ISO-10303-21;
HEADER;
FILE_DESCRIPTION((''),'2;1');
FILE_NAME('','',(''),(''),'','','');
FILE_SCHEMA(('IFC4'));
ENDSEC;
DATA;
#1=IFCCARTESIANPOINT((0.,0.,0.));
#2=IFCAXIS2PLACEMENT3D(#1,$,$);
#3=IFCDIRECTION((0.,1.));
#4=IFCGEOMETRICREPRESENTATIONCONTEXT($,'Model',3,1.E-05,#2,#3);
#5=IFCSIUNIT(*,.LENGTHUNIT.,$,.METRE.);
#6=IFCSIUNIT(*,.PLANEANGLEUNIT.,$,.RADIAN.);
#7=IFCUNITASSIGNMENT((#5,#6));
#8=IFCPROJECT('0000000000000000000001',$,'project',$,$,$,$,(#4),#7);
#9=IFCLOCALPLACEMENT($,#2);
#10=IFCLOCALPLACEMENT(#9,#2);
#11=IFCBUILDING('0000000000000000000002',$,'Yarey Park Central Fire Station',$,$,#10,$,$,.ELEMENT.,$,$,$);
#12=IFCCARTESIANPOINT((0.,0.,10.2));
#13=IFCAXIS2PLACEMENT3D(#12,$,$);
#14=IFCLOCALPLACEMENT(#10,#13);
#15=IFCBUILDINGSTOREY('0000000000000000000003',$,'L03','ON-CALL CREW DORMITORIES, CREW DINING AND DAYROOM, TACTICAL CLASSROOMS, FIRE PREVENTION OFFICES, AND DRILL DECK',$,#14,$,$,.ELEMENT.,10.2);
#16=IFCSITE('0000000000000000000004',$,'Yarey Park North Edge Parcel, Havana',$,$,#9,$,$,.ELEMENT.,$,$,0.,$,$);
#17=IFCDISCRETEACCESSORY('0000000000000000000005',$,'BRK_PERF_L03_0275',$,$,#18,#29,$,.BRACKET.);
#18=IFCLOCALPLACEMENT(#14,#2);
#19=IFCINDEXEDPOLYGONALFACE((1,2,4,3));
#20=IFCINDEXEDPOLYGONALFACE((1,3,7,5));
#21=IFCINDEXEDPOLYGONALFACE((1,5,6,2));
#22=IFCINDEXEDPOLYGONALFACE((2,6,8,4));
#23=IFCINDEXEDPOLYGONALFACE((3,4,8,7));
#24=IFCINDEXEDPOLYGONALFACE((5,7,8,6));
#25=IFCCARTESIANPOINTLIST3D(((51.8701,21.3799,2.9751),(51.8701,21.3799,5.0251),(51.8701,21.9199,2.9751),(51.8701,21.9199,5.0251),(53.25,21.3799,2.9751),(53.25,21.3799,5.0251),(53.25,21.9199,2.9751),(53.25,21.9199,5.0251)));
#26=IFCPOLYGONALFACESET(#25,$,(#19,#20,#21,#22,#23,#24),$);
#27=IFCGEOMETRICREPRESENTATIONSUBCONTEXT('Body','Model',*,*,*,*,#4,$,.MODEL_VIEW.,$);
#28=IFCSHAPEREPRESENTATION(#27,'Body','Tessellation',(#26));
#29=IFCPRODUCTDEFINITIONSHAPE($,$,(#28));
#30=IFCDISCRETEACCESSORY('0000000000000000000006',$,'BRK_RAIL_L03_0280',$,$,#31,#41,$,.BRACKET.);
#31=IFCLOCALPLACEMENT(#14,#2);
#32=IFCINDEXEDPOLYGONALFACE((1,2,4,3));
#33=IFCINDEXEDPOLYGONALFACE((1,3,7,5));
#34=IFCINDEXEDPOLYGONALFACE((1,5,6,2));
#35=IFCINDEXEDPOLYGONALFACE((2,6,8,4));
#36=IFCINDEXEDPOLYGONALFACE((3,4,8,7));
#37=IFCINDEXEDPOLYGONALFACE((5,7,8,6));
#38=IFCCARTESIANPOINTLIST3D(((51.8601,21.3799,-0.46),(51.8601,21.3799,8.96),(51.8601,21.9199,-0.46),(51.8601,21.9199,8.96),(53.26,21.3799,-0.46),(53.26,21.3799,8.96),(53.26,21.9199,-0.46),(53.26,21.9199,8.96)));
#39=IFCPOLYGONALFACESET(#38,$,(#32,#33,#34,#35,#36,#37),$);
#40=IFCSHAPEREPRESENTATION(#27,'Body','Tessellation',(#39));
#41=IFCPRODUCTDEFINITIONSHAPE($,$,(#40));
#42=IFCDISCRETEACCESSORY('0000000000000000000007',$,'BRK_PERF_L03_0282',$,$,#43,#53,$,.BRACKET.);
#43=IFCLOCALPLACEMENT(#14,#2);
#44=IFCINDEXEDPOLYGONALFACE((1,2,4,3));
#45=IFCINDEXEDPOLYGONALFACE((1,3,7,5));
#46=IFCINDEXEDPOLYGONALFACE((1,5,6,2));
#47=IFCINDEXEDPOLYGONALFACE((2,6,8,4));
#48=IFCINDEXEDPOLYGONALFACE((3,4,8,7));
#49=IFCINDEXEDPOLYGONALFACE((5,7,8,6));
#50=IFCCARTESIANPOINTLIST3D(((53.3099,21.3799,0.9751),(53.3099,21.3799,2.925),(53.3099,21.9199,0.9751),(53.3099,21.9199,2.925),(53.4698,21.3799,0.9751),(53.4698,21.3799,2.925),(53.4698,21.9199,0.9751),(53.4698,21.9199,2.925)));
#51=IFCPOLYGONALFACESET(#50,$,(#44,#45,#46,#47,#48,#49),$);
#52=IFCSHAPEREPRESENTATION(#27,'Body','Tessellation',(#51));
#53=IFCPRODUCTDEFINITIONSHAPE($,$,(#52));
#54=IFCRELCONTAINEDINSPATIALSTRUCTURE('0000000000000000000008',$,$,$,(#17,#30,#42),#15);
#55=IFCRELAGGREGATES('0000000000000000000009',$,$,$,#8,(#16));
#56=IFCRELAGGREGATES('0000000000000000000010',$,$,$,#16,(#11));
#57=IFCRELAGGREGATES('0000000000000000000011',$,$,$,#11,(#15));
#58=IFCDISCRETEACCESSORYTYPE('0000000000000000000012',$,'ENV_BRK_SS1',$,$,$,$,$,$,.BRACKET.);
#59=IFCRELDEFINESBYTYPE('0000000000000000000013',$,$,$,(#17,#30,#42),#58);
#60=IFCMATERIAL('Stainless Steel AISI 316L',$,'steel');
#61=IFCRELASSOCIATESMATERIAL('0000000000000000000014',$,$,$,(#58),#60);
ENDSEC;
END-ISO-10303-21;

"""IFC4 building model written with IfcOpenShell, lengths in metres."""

from ifc_helpers import new_model, si_unit, direction, frame, origin, origin_2d, place, context, subcontext, project, spatial, rectangle, extrude, material, type_object, element, save


model = new_model("IFC4")

# Units and contexts
model_context = context("Model", 3, precision=1e-05, world=origin(), true_north=direction((0.0, 1.0)))
body_context = subcontext(model_context, "Body", "Model", "MODEL_VIEW")
ifc_project = project(units=[si_unit("LENGTHUNIT", "METRE"), si_unit("PLANEANGLEUNIT", "RADIAN")], contexts=[model_context])

# Site, building, storey
site_placement = place(None, origin())
site = spatial("IfcSite", under=ifc_project, at=site_placement, Name="Yarey Park North Edge Parcel, Havana", CompositionType="ELEMENT", RefElevation=0.0)
building_placement = place(site_placement, origin())
building = spatial("IfcBuilding", under=site, at=building_placement, Name="Yarey Park Central Fire Station", CompositionType="ELEMENT")
storey_placement = place(building_placement, frame((0.0, 0.0, 10.2)))
storey = spatial("IfcBuildingStorey", under=building, at=storey_placement, Name="L03", Description="ON-CALL CREW DORMITORIES, CREW DINING AND DAYROOM, TACTICAL CLASSROOMS, FIRE PREVENTION OFFICES, AND DRILL DECK", CompositionType="ELEMENT", Elevation=10.2)

# Discrete accessories
ifc_material_1 = material(Name="Stainless Steel AISI 316L", Category="steel")
discrete_accessory_type = type_object("IfcDiscreteAccessoryType", Name="ENV_BRK_SS1", PredefinedType="BRACKET", material=ifc_material_1)
discrete_accessory_1_placement = place(storey_placement, frame((52.5601, 21.6499, 2.9751), z_axis=(0.0, 0.0, 1.0), x_axis=(1.0, 0.0, 0.0)))
element("IfcDiscreteAccessory", 1, at=discrete_accessory_1_placement, inside=storey, type_object=discrete_accessory_type, Name="BRK_PERF_L03_0275", PredefinedType="BRACKET", context=body_context, shape_type="SweptSolid", body=[
    extrude(rectangle(XDim=1.3799, YDim=0.54, at=origin_2d()), origin(), (0.0, 0.0, 1.0), 2.05),
])
discrete_accessory_2_placement = place(storey_placement, frame((52.5601, 21.6499, -0.46), z_axis=(0.0, 0.0, 1.0), x_axis=(1.0, 0.0, 0.0)))
element("IfcDiscreteAccessory", 2, at=discrete_accessory_2_placement, inside=storey, type_object=discrete_accessory_type, Name="BRK_RAIL_L03_0280", PredefinedType="BRACKET", context=body_context, shape_type="SweptSolid", body=[
    extrude(rectangle(XDim=1.3999, YDim=0.54, at=origin_2d()), origin(), (0.0, 0.0, 1.0), 9.4199),
])
discrete_accessory_3_placement = place(storey_placement, frame((53.3899, 21.6499, 0.9751), z_axis=(0.0, 0.0, 1.0), x_axis=(1.0, 0.0, 0.0)))
element("IfcDiscreteAccessory", 3, at=discrete_accessory_3_placement, inside=storey, type_object=discrete_accessory_type, Name="BRK_PERF_L03_0282", PredefinedType="BRACKET", context=body_context, shape_type="SweptSolid", body=[
    extrude(rectangle(XDim=0.1599, YDim=0.54, at=origin_2d()), origin(), (0.0, 0.0, 1.0), 1.95),
])

save(model, "model.ifc")
